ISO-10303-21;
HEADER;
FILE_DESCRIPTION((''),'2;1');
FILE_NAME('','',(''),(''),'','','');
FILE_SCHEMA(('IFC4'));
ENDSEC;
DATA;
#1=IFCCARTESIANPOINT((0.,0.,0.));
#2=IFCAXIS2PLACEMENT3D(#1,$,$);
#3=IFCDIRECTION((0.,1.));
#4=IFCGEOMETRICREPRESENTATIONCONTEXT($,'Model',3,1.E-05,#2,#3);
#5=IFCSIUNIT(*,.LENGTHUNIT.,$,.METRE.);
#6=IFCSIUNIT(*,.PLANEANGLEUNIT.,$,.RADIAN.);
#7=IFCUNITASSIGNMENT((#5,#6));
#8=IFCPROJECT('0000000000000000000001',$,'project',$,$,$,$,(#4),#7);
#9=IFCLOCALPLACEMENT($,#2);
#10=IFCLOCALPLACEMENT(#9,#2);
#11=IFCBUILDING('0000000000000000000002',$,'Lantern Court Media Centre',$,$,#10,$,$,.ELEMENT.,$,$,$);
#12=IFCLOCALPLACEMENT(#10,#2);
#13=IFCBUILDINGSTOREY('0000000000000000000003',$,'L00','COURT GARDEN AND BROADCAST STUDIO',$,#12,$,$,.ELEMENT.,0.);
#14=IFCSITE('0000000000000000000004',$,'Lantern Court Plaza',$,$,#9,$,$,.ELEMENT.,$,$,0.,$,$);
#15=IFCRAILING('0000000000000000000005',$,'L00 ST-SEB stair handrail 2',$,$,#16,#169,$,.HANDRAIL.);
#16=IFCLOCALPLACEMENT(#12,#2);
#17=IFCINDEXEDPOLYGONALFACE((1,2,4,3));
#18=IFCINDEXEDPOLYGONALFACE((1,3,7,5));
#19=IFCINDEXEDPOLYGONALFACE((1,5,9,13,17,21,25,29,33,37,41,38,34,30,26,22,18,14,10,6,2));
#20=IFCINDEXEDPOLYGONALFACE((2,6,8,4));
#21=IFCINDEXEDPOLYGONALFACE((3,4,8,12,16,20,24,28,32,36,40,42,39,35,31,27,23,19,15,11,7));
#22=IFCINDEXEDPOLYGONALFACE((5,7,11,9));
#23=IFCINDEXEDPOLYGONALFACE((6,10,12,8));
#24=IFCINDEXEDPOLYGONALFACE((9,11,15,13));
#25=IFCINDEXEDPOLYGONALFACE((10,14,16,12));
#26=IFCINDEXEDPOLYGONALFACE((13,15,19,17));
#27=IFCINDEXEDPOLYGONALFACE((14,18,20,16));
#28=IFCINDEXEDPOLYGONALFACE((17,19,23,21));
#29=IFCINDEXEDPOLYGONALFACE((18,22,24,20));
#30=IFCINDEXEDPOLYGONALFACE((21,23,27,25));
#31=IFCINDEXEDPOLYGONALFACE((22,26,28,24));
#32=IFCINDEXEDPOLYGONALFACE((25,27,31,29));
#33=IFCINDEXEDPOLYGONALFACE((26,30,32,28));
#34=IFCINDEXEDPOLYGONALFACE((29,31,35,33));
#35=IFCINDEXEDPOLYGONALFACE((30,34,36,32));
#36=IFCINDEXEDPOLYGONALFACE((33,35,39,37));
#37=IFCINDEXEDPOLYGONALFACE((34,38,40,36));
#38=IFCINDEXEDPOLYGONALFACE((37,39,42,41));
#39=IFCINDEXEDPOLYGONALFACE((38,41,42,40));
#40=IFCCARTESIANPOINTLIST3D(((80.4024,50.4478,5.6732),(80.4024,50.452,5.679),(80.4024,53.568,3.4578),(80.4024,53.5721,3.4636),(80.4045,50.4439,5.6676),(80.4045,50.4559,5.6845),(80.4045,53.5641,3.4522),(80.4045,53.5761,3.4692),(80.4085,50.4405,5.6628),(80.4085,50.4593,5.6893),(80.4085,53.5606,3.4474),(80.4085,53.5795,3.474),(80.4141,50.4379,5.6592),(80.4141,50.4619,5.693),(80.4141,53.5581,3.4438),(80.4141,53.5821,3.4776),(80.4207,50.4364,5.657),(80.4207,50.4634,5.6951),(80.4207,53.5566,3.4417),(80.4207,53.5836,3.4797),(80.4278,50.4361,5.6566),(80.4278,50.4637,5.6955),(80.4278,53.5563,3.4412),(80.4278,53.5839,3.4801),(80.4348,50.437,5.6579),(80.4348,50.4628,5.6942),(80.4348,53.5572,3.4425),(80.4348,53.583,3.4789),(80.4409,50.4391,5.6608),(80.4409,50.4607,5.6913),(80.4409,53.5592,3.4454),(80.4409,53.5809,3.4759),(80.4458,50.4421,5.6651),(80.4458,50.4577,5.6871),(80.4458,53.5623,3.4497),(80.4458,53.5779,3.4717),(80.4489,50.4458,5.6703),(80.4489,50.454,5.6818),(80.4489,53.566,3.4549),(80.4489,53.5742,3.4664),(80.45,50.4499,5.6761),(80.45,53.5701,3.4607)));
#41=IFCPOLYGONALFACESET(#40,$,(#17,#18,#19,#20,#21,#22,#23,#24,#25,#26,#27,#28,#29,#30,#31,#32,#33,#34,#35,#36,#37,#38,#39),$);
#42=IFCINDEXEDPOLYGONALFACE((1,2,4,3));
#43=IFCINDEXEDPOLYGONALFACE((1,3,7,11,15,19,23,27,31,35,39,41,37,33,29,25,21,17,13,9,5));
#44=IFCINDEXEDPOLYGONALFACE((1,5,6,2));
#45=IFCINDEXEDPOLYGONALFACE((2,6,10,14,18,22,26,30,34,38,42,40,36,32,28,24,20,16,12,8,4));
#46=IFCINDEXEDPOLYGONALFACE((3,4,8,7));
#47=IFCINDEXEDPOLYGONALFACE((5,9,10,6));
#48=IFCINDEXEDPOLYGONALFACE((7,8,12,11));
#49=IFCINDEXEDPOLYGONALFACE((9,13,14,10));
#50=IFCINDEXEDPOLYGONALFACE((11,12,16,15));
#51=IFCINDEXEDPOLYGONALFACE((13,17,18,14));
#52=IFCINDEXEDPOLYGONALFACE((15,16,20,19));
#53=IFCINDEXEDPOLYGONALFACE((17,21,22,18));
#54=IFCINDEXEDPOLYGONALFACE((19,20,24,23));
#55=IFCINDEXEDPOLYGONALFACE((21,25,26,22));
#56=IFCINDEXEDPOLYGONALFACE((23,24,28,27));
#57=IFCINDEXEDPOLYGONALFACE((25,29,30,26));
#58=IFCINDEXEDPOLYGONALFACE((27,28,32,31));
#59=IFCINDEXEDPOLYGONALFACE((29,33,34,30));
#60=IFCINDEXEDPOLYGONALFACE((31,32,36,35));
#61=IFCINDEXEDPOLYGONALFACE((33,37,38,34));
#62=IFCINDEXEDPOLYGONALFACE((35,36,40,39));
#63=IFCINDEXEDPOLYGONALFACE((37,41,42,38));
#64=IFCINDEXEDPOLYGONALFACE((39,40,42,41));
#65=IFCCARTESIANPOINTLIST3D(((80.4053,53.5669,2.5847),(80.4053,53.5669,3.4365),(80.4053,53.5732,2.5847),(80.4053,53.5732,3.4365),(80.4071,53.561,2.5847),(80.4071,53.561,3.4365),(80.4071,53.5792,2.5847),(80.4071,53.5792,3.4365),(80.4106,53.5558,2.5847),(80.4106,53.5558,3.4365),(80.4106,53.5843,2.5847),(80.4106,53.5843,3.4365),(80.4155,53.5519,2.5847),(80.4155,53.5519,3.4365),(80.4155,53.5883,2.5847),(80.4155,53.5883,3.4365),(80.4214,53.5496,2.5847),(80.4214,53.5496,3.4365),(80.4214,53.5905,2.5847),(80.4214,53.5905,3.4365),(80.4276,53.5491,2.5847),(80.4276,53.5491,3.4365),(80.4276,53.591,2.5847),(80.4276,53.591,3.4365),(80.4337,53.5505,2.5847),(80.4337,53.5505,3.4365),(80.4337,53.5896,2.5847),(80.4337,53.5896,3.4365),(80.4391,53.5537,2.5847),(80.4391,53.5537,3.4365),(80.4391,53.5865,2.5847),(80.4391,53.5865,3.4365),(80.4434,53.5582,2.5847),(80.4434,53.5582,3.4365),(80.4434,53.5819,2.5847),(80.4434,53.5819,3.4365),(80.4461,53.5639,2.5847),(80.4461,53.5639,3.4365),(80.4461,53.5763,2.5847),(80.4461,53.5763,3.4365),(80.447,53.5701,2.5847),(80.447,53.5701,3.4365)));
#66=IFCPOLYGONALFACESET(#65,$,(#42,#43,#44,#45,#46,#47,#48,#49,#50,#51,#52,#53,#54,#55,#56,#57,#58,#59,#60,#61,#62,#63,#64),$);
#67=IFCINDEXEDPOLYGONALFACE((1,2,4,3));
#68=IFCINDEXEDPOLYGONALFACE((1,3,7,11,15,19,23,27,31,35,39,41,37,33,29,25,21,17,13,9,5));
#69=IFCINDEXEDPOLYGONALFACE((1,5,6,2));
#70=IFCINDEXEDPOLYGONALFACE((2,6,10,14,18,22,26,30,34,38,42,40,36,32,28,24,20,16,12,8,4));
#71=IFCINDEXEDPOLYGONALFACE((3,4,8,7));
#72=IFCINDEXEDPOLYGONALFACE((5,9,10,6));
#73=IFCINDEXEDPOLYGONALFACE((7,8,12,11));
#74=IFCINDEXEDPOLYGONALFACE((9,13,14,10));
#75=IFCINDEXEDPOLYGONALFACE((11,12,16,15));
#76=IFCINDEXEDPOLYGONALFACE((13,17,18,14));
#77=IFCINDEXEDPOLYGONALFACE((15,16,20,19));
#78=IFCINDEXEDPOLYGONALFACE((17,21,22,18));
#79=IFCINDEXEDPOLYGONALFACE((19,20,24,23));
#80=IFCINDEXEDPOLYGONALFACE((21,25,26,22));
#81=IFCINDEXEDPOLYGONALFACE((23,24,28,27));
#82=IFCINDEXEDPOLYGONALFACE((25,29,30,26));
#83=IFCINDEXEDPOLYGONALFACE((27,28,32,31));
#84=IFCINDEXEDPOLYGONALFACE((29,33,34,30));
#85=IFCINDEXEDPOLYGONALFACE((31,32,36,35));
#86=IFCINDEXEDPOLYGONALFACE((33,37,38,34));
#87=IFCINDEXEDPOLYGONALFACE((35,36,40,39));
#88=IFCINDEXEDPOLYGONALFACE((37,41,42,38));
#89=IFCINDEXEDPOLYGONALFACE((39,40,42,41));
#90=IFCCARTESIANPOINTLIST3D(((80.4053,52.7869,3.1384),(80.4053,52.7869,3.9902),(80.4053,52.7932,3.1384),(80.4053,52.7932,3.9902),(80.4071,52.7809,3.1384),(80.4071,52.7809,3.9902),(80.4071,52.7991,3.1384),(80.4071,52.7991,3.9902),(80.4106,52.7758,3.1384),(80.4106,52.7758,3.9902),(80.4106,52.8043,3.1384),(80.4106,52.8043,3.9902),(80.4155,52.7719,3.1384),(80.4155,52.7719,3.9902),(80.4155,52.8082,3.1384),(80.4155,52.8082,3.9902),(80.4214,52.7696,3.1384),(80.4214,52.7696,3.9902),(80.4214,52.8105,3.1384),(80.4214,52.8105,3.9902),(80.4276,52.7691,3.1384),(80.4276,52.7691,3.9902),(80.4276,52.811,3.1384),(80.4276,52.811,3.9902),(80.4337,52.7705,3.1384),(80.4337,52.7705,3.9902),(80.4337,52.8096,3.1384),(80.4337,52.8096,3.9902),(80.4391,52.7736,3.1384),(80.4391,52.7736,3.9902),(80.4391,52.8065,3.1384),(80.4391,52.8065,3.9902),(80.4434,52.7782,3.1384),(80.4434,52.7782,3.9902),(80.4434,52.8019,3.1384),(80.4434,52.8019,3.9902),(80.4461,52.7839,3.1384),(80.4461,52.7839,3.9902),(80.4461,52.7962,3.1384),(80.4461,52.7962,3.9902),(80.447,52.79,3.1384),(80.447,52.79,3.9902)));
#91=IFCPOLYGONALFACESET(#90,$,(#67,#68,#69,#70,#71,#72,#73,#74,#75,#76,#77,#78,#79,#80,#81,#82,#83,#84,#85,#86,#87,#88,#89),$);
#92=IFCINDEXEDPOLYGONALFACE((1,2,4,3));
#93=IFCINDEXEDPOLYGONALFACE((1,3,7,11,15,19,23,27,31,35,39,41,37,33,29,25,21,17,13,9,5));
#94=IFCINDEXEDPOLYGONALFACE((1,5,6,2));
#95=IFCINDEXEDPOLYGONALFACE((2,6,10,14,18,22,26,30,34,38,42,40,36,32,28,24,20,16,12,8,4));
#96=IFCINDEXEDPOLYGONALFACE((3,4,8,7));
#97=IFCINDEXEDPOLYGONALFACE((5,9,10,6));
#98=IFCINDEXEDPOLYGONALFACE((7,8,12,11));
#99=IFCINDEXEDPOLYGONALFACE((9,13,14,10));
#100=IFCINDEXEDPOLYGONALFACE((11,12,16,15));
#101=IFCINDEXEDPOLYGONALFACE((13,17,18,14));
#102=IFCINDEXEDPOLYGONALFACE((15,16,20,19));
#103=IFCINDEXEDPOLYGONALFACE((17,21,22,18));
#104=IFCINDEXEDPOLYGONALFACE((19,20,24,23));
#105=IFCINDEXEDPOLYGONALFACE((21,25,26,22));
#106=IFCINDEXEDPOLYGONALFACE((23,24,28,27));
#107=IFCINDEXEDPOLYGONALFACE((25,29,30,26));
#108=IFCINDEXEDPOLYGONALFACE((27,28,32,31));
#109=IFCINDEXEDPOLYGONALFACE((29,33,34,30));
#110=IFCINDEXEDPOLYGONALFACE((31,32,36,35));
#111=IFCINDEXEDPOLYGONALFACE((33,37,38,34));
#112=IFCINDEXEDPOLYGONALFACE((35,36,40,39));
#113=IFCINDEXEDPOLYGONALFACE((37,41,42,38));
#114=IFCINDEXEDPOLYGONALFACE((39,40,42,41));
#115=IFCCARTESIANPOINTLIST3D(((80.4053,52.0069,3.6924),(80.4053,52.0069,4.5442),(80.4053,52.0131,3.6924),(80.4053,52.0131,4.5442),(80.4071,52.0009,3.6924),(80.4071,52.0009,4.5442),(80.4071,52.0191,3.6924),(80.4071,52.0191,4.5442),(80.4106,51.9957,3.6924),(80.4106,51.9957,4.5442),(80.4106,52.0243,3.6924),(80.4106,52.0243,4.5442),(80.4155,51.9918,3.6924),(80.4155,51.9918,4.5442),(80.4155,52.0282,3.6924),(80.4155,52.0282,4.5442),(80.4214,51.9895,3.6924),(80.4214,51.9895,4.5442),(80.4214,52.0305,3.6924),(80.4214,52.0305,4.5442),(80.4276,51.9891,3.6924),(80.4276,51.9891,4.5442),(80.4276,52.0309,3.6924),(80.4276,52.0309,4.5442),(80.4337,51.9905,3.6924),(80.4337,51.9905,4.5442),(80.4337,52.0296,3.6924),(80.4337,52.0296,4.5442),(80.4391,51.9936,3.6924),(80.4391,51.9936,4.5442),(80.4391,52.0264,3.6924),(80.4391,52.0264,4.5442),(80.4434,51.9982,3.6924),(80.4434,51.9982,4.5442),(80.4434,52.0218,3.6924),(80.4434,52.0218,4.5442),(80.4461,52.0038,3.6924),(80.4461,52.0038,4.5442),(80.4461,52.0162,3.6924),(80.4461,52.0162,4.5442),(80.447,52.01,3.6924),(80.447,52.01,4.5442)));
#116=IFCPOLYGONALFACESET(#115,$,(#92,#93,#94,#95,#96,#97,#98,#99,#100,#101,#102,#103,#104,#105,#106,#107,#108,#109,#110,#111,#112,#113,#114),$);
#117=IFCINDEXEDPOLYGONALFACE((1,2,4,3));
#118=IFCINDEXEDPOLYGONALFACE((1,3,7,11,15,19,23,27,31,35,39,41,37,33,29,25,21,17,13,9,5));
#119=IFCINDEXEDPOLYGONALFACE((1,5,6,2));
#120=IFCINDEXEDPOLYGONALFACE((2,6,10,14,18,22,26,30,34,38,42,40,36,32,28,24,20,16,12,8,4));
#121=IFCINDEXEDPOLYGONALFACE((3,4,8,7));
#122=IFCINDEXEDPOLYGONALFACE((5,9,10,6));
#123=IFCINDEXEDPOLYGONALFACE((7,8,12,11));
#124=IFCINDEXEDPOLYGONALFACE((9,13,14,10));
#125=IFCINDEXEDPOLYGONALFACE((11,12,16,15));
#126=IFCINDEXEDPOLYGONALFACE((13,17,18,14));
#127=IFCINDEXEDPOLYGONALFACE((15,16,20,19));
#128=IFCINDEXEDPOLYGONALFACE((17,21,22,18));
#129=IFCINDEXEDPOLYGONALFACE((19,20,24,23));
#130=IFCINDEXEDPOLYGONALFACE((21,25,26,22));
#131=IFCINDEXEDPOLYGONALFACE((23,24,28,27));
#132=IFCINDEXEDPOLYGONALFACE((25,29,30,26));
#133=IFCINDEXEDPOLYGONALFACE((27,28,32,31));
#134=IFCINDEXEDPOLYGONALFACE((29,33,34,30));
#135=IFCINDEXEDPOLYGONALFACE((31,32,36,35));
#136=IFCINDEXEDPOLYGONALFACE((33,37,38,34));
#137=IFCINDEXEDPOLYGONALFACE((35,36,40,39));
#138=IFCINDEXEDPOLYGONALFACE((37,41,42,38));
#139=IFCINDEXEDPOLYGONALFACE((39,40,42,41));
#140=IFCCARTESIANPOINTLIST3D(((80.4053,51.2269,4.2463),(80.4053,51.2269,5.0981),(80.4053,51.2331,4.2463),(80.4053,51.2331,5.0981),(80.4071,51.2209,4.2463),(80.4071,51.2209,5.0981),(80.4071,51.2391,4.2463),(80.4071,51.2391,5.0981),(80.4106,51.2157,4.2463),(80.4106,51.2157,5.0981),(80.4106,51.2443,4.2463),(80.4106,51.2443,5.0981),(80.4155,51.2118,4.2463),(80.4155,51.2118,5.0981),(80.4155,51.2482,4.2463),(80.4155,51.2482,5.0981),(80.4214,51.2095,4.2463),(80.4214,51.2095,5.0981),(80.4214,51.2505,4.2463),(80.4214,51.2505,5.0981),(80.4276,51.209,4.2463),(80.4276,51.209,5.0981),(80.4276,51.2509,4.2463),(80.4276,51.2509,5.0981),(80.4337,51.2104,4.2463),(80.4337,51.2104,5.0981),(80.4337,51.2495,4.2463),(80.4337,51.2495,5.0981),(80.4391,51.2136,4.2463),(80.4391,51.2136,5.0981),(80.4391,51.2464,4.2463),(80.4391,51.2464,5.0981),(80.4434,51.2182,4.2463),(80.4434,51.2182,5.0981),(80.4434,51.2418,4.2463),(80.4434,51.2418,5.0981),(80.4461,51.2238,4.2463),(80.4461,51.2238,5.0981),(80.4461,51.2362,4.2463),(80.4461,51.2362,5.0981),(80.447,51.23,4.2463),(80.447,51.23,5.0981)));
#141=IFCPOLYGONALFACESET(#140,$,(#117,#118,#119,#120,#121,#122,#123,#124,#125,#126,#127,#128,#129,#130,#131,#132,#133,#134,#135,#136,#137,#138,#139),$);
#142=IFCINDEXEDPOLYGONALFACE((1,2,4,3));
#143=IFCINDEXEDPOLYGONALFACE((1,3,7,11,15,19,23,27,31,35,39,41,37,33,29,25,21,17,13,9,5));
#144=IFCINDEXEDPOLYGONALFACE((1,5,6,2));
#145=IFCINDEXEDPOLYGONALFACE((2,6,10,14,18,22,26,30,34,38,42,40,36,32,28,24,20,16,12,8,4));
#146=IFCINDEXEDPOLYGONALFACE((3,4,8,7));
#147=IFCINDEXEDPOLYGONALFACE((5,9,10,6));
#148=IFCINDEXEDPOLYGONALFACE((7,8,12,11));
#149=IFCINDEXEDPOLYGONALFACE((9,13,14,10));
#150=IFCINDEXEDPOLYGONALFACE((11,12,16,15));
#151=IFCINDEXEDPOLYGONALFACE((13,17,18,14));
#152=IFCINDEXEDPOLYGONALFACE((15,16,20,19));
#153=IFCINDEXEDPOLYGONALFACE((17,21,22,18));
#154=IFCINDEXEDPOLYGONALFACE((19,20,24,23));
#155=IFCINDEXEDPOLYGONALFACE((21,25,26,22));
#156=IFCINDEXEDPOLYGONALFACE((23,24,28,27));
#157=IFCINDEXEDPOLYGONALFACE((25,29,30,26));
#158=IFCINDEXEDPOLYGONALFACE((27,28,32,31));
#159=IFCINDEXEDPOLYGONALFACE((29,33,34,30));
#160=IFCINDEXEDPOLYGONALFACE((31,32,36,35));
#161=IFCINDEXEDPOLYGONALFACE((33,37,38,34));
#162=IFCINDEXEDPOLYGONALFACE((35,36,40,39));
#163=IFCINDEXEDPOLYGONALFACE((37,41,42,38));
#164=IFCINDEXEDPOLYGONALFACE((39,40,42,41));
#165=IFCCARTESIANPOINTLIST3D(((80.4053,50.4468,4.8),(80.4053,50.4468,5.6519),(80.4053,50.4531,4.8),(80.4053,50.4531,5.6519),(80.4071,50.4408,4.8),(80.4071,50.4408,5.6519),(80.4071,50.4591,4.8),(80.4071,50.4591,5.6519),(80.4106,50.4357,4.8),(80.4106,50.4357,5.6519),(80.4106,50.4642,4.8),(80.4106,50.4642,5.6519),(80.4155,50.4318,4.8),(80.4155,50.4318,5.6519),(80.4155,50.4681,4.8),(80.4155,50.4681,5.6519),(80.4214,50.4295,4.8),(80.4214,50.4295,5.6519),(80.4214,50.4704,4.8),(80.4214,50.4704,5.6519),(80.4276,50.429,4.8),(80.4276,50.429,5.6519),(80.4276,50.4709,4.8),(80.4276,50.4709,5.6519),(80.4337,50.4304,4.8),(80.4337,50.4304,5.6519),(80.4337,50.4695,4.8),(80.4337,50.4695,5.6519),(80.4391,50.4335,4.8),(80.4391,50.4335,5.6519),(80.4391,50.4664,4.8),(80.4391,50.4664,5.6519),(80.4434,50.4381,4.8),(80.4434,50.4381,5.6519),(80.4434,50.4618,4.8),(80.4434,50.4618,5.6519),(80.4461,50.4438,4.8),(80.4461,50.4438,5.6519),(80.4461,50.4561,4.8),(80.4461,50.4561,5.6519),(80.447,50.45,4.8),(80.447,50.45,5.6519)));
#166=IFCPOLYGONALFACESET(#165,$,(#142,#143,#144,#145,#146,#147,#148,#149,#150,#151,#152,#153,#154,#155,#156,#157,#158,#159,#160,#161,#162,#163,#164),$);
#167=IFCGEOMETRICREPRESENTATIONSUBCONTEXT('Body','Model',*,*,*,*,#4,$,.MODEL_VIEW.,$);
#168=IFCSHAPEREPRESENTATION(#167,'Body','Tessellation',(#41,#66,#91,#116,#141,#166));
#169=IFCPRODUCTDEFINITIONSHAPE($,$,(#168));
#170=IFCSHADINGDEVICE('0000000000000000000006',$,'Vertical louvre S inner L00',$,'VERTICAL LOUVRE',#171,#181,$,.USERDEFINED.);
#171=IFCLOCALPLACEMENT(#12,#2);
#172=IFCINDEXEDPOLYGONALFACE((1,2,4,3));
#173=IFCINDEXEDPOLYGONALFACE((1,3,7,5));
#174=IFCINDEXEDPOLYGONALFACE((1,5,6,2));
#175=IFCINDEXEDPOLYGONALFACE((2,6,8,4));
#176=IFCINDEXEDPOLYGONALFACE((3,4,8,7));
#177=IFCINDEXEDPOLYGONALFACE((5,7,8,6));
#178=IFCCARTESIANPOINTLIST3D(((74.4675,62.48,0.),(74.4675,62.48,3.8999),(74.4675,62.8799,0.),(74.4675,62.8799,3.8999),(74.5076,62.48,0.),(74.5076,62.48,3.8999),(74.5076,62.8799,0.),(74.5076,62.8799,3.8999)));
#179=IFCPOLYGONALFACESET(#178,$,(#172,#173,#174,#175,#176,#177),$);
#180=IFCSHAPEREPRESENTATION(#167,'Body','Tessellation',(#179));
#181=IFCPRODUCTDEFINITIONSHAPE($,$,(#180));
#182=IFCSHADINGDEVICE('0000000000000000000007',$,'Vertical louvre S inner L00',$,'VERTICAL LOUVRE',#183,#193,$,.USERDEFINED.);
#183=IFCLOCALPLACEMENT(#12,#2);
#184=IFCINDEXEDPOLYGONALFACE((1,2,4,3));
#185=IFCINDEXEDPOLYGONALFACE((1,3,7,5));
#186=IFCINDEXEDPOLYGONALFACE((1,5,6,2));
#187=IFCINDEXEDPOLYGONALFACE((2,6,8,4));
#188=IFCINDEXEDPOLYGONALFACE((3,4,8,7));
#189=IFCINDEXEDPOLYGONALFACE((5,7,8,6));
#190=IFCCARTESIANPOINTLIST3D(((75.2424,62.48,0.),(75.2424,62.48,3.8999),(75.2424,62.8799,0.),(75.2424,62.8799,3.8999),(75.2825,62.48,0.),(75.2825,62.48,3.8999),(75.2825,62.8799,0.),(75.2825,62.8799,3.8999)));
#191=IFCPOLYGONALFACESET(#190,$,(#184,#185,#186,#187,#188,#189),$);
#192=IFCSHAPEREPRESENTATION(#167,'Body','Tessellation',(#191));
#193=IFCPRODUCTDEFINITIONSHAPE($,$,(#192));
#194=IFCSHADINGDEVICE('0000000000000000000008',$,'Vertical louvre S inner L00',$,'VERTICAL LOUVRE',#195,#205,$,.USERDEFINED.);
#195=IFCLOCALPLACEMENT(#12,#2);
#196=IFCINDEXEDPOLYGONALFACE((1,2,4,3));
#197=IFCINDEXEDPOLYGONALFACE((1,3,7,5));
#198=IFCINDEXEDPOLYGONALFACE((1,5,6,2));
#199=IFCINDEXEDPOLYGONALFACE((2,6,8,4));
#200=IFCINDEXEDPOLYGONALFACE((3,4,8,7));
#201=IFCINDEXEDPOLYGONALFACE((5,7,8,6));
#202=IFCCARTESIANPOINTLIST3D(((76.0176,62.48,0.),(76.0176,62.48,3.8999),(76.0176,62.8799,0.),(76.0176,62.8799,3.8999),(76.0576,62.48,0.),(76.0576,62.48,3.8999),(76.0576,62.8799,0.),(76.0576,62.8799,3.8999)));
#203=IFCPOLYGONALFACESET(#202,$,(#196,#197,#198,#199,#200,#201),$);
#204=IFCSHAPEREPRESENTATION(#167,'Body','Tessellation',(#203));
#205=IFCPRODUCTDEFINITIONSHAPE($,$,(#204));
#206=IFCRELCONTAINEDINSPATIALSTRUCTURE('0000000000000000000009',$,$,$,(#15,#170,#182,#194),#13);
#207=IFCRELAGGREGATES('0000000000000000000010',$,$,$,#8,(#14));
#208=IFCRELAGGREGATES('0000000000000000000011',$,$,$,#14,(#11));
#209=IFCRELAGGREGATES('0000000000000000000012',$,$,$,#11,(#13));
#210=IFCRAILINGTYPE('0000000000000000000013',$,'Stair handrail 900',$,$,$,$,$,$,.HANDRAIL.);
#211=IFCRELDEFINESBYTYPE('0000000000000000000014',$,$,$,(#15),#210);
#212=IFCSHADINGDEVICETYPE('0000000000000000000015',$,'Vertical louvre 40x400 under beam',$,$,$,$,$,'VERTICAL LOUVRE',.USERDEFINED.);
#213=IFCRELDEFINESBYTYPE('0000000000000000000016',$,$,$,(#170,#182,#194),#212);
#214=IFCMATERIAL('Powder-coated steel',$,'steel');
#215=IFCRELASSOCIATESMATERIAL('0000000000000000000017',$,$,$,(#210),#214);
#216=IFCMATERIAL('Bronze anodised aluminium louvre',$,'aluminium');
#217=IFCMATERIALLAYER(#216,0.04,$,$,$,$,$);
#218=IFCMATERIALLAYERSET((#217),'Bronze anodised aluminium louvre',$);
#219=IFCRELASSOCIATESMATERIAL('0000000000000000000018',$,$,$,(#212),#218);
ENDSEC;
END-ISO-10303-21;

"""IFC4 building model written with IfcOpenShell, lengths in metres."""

from ifc_helpers import new_model, si_unit, direction, frame, origin, origin_2d, place, context, subcontext, project, spatial, rectangle, circle, extrude, material, layer, layer_set, type_object, element, save


model = new_model("IFC4")

# Units and contexts
model_context = context("Model", 3, precision=1e-05, world=origin(), true_north=direction((0.0, 1.0)))
body_context = subcontext(model_context, "Body", "Model", "MODEL_VIEW")
ifc_project = project(units=[si_unit("LENGTHUNIT", "METRE"), si_unit("PLANEANGLEUNIT", "RADIAN")], contexts=[model_context])

# Site, building, storey
site_placement = place(None, origin())
site = spatial("IfcSite", under=ifc_project, at=site_placement, Name="Lantern Court Plaza", CompositionType="ELEMENT", RefElevation=0.0)
building_placement = place(site_placement, origin())
building = spatial("IfcBuilding", under=site, at=building_placement, Name="Lantern Court Media Centre", CompositionType="ELEMENT")
storey_placement = place(building_placement, origin())
storey = spatial("IfcBuildingStorey", under=building, at=storey_placement, Name="L00", Description="COURT GARDEN AND BROADCAST STUDIO", CompositionType="ELEMENT", Elevation=0.0)

# Railing
ifc_material_1 = material(Name="Powder-coated steel", Category="steel")
railing_type_1 = type_object("IfcRailingType", Name="Stair handrail 900", PredefinedType="HANDRAIL", material=ifc_material_1)
railing_1_placement = place(storey_placement, frame((80.426, 53.5701, 2.5847)))
element("IfcRailing", 1, at=railing_1_placement, inside=storey, type_object=railing_type_1, Name="L00 ST-SEB stair handrail 2", PredefinedType="HANDRAIL", context=body_context, shape_type="SweptSolid", body=[
    extrude(circle(Radius=0.0239, at=origin_2d()), frame((0.0, 0.0, 0.876), z_axis=(0.0, -0.815377, 0.57893), x_axis=(1.0, 0.0, 0.0)), (0.0, 0.0, 1.0), 3.8267),
    extrude(circle(Radius=0.021, at=origin_2d()), origin(), (0.0, 0.0, 1.0), 0.8518),
    extrude(circle(Radius=0.021, at=origin_2d()), frame((0.0, -0.78, 0.5537)), (0.0, 0.0, 1.0), 0.8518),
    extrude(circle(Radius=0.021, at=origin_2d()), frame((0.0, -1.5601, 1.1077)), (0.0, 0.0, 1.0), 0.8518),
    extrude(circle(Radius=0.021, at=origin_2d()), frame((0.0, -2.3401, 1.6616)), (0.0, 0.0, 1.0), 0.8518),
    extrude(circle(Radius=0.021, at=origin_2d()), frame((0.0, -3.1201, 2.2153)), (0.0, 0.0, 1.0), 0.8518),
])

# Shading devices
ifc_material_2 = material(Name="Bronze anodised aluminium louvre", Category="aluminium")
ifc_layer_1 = layer(ifc_material_2, 0.04)
ifc_layer_set_1 = layer_set([ifc_layer_1], Name="Bronze anodised aluminium louvre")
shading_device_type = type_object("IfcShadingDeviceType", Name="Vertical louvre 40x400 under beam", ElementType="VERTICAL LOUVRE", PredefinedType="USERDEFINED", material=ifc_layer_set_1)
for number, where, z_axis, x_axis, name in (
    (2, (74.4875, 62.6799, 0.0), (0.0, 0.0, 1.0), (1.0, 0.0, 0.0), "Vertical louvre S inner L00"),
    (3, (75.2625, 62.6799, 0.0), (0.0, 0.0, 1.0), (1.0, 0.0, 0.0), "Vertical louvre S inner L00"),
    (4, (76.0376, 62.6799, 0.0), (0.0, 0.0, 1.0), (1.0, 0.0, 0.0), "Vertical louvre S inner L00"),
):
    element("IfcShadingDevice", number, at=place(storey_placement, frame(where, z_axis=z_axis, x_axis=x_axis)), inside=storey, type_object=shading_device_type, Name=name, ObjectType="VERTICAL LOUVRE", PredefinedType="USERDEFINED", context=body_context, shape_type="SweptSolid", body=[
        extrude(rectangle(XDim=0.04, YDim=0.3999, at=origin_2d()), origin(), (0.0, 0.0, 1.0), 3.8999),
    ])

save(model, "model.ifc")
